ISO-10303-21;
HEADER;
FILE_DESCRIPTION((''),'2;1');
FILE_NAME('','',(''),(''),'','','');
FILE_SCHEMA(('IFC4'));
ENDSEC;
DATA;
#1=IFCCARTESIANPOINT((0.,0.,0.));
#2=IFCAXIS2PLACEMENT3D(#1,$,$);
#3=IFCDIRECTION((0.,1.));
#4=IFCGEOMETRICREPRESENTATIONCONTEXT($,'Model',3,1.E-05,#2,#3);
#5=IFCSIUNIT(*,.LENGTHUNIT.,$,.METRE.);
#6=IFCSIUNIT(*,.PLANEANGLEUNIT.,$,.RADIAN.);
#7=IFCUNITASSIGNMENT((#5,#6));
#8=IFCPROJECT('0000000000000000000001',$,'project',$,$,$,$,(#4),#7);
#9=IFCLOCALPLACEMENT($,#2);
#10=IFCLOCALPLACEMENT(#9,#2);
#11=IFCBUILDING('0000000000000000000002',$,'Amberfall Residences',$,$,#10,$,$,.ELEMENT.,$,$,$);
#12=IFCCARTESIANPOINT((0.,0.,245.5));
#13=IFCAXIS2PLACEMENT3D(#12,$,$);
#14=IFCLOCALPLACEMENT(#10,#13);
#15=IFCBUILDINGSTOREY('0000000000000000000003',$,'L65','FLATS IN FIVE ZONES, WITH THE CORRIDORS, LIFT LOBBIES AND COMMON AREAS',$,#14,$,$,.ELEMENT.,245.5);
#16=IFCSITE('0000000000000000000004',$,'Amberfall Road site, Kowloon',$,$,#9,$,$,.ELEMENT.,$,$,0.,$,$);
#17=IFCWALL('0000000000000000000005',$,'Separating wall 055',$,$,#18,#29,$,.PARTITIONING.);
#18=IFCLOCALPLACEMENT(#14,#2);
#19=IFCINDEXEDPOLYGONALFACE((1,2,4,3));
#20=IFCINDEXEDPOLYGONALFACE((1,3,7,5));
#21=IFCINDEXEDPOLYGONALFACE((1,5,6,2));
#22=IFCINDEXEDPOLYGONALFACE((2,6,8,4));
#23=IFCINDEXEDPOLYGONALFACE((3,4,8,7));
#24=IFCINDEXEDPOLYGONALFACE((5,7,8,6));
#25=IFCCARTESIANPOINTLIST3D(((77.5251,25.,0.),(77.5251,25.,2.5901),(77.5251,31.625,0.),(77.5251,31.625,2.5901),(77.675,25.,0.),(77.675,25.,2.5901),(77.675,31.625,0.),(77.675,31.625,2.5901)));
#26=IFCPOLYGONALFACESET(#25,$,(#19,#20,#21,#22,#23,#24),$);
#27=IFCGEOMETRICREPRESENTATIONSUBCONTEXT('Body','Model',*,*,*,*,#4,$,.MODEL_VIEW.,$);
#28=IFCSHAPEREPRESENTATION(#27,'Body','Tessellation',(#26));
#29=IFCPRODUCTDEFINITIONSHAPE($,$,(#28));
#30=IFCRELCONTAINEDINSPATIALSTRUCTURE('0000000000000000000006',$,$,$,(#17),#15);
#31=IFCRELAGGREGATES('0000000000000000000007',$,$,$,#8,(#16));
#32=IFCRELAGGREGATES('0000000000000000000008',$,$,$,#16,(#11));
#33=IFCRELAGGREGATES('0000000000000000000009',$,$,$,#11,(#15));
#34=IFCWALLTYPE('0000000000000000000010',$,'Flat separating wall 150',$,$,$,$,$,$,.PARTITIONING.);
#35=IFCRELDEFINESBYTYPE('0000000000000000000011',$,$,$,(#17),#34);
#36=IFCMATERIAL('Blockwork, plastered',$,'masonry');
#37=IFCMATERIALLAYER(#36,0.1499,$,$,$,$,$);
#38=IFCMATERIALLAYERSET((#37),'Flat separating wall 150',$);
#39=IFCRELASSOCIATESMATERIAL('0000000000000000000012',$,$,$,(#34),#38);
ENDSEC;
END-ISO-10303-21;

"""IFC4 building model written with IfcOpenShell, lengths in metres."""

from ifc_helpers import new_model, si_unit, direction, frame, frame_2d, origin, place, context, subcontext, project, spatial, rectangle, extrude, material, layer, layer_set, type_object, element, save


model = new_model("IFC4")

# Units and contexts
model_context = context("Model", 3, precision=1e-05, world=origin(), true_north=direction((0.0, 1.0)))
body_context = subcontext(model_context, "Body", "Model", "MODEL_VIEW")
ifc_project = project(units=[si_unit("LENGTHUNIT", "METRE"), si_unit("PLANEANGLEUNIT", "RADIAN")], contexts=[model_context])

# Site, building, storey
site_placement = place(None, origin())
site = spatial("IfcSite", under=ifc_project, at=site_placement, Name="Amberfall Road site, Kowloon", CompositionType="ELEMENT", RefElevation=0.0)
building_placement = place(site_placement, origin())
building = spatial("IfcBuilding", under=site, at=building_placement, Name="Amberfall Residences", CompositionType="ELEMENT")
storey_placement = place(building_placement, frame((0.0, 0.0, 245.5)))
storey = spatial("IfcBuildingStorey", under=building, at=storey_placement, Name="L65", Description="FLATS IN FIVE ZONES, WITH THE CORRIDORS, LIFT LOBBIES AND COMMON AREAS", CompositionType="ELEMENT", Elevation=245.5)

# Wall
ifc_material_1 = material(Name="Blockwork, plastered", Category="masonry")
ifc_layer_1 = layer(ifc_material_1, 0.1499)
ifc_layer_set_1 = layer_set([ifc_layer_1], Name="Flat separating wall 150")
wall_type_1 = type_object("IfcWallType", Name="Flat separating wall 150", PredefinedType="PARTITIONING", material=ifc_layer_set_1)
for number, where, z_axis, x_axis, name in (
    (1, (77.6001, 25.0, 0.0), (0.0, 0.0, 1.0), (0.0, 1.0, 0.0), "Separating wall 055"),
):
    element("IfcWall", number, at=place(storey_placement, frame(where, z_axis=z_axis, x_axis=x_axis)), inside=storey, type_object=wall_type_1, Name=name, PredefinedType="PARTITIONING", context=body_context, shape_type="SweptSolid", body=[
        extrude(rectangle(XDim=6.625, YDim=0.1499, at=frame_2d((3.3125, 0.0))), origin(), (0.0, 0.0, 1.0), 2.5901),
    ])

save(model, "model.ifc")
